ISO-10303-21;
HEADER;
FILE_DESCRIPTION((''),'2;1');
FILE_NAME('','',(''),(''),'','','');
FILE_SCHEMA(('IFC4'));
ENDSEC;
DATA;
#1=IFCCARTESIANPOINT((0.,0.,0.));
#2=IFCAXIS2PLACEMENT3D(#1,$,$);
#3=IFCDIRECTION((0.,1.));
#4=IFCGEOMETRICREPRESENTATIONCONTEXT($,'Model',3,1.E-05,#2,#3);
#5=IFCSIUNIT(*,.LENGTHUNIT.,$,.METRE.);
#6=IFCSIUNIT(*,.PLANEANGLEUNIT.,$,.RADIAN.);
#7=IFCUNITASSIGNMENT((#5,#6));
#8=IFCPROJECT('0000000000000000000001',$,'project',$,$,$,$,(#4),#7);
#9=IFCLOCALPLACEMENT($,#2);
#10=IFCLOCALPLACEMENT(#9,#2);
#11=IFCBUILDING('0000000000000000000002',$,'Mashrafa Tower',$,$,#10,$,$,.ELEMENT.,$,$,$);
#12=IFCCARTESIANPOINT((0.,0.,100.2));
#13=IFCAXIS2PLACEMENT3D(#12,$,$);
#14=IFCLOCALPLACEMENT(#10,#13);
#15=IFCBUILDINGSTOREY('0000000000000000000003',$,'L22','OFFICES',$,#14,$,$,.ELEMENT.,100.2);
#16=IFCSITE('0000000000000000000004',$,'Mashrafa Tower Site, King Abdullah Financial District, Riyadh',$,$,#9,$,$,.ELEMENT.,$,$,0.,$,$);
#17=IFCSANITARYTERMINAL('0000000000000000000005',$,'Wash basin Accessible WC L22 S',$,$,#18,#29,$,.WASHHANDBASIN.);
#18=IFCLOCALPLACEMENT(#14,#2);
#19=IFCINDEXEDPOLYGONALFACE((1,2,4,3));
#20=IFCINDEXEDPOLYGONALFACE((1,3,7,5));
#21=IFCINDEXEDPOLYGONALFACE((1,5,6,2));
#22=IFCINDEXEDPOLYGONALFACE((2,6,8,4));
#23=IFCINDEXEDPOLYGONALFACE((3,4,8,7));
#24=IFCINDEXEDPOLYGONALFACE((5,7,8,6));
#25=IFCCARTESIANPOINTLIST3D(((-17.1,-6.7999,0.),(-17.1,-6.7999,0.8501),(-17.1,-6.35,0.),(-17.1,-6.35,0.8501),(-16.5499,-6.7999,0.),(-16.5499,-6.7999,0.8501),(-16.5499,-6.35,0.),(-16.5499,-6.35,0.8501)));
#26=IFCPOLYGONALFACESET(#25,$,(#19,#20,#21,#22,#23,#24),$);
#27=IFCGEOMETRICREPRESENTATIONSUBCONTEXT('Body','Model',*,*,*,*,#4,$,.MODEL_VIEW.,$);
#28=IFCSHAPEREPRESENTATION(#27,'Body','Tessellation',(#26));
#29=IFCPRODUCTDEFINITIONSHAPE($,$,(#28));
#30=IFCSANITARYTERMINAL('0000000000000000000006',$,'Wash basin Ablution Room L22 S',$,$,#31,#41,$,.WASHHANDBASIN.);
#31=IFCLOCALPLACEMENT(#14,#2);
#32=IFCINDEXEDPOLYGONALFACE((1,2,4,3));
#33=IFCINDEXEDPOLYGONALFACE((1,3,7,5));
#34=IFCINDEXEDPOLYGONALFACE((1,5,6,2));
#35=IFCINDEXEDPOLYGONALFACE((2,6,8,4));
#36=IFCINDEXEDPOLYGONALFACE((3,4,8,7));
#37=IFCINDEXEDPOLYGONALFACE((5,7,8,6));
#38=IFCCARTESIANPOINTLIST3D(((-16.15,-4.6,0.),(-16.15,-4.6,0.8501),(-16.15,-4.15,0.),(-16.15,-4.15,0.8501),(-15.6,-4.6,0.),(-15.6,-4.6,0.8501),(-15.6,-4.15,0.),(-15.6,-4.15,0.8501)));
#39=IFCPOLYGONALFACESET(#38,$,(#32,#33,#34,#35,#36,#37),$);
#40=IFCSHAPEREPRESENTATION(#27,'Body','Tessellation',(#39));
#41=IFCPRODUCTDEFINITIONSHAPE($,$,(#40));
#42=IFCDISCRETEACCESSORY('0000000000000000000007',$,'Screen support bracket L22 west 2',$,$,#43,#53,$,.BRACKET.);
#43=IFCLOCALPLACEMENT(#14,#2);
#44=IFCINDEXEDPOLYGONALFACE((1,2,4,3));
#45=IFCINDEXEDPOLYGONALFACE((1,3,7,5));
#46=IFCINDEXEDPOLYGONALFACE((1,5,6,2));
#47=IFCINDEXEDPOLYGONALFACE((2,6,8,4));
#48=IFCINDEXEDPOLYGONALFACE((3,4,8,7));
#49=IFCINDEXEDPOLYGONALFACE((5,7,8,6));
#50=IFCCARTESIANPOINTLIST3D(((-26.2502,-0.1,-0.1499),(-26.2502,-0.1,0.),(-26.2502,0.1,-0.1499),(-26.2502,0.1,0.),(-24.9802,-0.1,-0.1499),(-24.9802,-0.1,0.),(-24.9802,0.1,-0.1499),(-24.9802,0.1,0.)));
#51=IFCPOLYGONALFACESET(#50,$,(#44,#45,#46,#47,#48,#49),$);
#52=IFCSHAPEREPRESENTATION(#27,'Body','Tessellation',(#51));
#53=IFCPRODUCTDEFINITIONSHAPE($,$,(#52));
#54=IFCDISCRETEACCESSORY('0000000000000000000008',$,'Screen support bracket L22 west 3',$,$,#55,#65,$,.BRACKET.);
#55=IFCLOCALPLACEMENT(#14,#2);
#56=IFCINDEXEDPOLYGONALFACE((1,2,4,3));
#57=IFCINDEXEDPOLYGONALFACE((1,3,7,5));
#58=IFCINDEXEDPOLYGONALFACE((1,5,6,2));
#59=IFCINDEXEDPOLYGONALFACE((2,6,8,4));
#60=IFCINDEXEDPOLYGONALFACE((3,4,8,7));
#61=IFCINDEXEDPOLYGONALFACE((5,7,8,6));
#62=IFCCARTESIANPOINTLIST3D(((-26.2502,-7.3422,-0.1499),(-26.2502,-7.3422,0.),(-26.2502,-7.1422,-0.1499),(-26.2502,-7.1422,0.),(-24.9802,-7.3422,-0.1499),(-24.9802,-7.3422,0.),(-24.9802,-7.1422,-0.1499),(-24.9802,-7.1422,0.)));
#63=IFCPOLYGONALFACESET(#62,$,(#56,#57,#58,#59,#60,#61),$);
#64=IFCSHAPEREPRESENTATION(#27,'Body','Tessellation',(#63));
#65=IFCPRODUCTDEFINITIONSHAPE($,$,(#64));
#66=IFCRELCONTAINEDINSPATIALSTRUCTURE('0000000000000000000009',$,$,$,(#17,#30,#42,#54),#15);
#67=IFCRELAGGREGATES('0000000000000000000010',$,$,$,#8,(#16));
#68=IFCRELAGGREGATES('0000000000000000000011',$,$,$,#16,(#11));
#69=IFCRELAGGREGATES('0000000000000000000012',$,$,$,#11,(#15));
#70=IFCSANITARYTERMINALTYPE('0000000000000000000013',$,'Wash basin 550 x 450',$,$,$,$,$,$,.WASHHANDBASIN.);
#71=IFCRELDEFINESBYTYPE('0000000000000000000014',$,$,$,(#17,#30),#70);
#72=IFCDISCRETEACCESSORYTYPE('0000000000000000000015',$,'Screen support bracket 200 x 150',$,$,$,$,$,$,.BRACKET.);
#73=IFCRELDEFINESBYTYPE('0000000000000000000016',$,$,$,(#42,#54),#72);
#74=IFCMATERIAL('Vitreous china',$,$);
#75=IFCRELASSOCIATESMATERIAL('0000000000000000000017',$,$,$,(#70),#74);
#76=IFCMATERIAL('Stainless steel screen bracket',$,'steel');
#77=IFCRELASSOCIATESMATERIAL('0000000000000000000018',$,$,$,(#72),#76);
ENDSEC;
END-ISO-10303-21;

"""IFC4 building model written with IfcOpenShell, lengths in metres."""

from ifc_helpers import new_model, si_unit, direction, frame, origin, origin_2d, place, context, subcontext, project, spatial, rectangle, extrude, source, transform, mapped, material, type_object, type_shapes, element, save


model = new_model("IFC4")

# Units and contexts
model_context = context("Model", 3, precision=1e-05, world=origin(), true_north=direction((0.0, 1.0)))
body_context = subcontext(model_context, "Body", "Model", "MODEL_VIEW")
ifc_project = project(units=[si_unit("LENGTHUNIT", "METRE"), si_unit("PLANEANGLEUNIT", "RADIAN")], contexts=[model_context])

# Site, building, storey
site_placement = place(None, origin())
site = spatial("IfcSite", under=ifc_project, at=site_placement, Name="Mashrafa Tower Site, King Abdullah Financial District, Riyadh", CompositionType="ELEMENT", RefElevation=0.0)
building_placement = place(site_placement, origin())
building = spatial("IfcBuilding", under=site, at=building_placement, Name="Mashrafa Tower", CompositionType="ELEMENT")
storey_placement = place(building_placement, frame((0.0, 0.0, 100.2)))
storey = spatial("IfcBuildingStorey", under=building, at=storey_placement, Name="L22", Description="OFFICES", CompositionType="ELEMENT", Elevation=100.2)

# Sanitary terminals
ifc_material_1 = material(Name="Vitreous china")
sanitary_terminal_type_1 = type_object("IfcSanitaryTerminalType", Name="Wash basin 550 x 450", PredefinedType="WASHHANDBASIN", material=ifc_material_1)
for number, where, z_axis, x_axis, name in (
    (1, (-16.825, -6.575, 0.0), (0.0, 0.0, 1.0), (1.0, 0.0, 0.0), "Wash basin Accessible WC L22 S"),
    (2, (-15.875, -4.375, 0.0), (0.0, 0.0, 1.0), (1.0, 0.0, 0.0), "Wash basin Ablution Room L22 S"),
):
    element("IfcSanitaryTerminal", number, at=place(storey_placement, frame(where, z_axis=z_axis, x_axis=x_axis)), inside=storey, type_object=sanitary_terminal_type_1, Name=name, PredefinedType="WASHHANDBASIN", context=body_context, shape_type="SweptSolid", body=[
        extrude(rectangle(XDim=0.55, YDim=0.45, at=origin_2d()), origin(), (0.0, 0.0, 1.0), 0.8501),
    ])

# Discrete accessories
ifc_material_2 = material(Name="Stainless steel screen bracket", Category="steel")
discrete_accessory_type = type_object("IfcDiscreteAccessoryType", Name="Screen support bracket 200 x 150", PredefinedType="BRACKET", material=ifc_material_2)
shared_shape_1 = source(origin(), body_context, "Body", "SweptSolid", [
    extrude(rectangle(XDim=0.2, YDim=1.27, at=origin_2d()), origin(), (0.0, 0.0, 1.0), 0.1499),
])
type_shapes(discrete_accessory_type, [shared_shape_1])
for number, where, z_axis, x_axis, name in (
    (3, (-25.6152, 0.0, -0.1499), (0.0, 0.0, 1.0), (0.0, -1.0, 0.0), "Screen support bracket L22 west 2"),
    (4, (-25.6152, -7.2422, -0.1499), (0.0, 0.0, 1.0), (0.0, -1.0, 0.0), "Screen support bracket L22 west 3"),
):
    element("IfcDiscreteAccessory", number, at=place(storey_placement, frame(where, z_axis=z_axis, x_axis=x_axis)), inside=storey, type_object=discrete_accessory_type, Name=name, PredefinedType="BRACKET", context=body_context, shape_type="MappedRepresentation", body=[
        mapped(shared_shape_1, transform((0.0, 0.0, 0.0))),
    ])

save(model, "model.ifc")
